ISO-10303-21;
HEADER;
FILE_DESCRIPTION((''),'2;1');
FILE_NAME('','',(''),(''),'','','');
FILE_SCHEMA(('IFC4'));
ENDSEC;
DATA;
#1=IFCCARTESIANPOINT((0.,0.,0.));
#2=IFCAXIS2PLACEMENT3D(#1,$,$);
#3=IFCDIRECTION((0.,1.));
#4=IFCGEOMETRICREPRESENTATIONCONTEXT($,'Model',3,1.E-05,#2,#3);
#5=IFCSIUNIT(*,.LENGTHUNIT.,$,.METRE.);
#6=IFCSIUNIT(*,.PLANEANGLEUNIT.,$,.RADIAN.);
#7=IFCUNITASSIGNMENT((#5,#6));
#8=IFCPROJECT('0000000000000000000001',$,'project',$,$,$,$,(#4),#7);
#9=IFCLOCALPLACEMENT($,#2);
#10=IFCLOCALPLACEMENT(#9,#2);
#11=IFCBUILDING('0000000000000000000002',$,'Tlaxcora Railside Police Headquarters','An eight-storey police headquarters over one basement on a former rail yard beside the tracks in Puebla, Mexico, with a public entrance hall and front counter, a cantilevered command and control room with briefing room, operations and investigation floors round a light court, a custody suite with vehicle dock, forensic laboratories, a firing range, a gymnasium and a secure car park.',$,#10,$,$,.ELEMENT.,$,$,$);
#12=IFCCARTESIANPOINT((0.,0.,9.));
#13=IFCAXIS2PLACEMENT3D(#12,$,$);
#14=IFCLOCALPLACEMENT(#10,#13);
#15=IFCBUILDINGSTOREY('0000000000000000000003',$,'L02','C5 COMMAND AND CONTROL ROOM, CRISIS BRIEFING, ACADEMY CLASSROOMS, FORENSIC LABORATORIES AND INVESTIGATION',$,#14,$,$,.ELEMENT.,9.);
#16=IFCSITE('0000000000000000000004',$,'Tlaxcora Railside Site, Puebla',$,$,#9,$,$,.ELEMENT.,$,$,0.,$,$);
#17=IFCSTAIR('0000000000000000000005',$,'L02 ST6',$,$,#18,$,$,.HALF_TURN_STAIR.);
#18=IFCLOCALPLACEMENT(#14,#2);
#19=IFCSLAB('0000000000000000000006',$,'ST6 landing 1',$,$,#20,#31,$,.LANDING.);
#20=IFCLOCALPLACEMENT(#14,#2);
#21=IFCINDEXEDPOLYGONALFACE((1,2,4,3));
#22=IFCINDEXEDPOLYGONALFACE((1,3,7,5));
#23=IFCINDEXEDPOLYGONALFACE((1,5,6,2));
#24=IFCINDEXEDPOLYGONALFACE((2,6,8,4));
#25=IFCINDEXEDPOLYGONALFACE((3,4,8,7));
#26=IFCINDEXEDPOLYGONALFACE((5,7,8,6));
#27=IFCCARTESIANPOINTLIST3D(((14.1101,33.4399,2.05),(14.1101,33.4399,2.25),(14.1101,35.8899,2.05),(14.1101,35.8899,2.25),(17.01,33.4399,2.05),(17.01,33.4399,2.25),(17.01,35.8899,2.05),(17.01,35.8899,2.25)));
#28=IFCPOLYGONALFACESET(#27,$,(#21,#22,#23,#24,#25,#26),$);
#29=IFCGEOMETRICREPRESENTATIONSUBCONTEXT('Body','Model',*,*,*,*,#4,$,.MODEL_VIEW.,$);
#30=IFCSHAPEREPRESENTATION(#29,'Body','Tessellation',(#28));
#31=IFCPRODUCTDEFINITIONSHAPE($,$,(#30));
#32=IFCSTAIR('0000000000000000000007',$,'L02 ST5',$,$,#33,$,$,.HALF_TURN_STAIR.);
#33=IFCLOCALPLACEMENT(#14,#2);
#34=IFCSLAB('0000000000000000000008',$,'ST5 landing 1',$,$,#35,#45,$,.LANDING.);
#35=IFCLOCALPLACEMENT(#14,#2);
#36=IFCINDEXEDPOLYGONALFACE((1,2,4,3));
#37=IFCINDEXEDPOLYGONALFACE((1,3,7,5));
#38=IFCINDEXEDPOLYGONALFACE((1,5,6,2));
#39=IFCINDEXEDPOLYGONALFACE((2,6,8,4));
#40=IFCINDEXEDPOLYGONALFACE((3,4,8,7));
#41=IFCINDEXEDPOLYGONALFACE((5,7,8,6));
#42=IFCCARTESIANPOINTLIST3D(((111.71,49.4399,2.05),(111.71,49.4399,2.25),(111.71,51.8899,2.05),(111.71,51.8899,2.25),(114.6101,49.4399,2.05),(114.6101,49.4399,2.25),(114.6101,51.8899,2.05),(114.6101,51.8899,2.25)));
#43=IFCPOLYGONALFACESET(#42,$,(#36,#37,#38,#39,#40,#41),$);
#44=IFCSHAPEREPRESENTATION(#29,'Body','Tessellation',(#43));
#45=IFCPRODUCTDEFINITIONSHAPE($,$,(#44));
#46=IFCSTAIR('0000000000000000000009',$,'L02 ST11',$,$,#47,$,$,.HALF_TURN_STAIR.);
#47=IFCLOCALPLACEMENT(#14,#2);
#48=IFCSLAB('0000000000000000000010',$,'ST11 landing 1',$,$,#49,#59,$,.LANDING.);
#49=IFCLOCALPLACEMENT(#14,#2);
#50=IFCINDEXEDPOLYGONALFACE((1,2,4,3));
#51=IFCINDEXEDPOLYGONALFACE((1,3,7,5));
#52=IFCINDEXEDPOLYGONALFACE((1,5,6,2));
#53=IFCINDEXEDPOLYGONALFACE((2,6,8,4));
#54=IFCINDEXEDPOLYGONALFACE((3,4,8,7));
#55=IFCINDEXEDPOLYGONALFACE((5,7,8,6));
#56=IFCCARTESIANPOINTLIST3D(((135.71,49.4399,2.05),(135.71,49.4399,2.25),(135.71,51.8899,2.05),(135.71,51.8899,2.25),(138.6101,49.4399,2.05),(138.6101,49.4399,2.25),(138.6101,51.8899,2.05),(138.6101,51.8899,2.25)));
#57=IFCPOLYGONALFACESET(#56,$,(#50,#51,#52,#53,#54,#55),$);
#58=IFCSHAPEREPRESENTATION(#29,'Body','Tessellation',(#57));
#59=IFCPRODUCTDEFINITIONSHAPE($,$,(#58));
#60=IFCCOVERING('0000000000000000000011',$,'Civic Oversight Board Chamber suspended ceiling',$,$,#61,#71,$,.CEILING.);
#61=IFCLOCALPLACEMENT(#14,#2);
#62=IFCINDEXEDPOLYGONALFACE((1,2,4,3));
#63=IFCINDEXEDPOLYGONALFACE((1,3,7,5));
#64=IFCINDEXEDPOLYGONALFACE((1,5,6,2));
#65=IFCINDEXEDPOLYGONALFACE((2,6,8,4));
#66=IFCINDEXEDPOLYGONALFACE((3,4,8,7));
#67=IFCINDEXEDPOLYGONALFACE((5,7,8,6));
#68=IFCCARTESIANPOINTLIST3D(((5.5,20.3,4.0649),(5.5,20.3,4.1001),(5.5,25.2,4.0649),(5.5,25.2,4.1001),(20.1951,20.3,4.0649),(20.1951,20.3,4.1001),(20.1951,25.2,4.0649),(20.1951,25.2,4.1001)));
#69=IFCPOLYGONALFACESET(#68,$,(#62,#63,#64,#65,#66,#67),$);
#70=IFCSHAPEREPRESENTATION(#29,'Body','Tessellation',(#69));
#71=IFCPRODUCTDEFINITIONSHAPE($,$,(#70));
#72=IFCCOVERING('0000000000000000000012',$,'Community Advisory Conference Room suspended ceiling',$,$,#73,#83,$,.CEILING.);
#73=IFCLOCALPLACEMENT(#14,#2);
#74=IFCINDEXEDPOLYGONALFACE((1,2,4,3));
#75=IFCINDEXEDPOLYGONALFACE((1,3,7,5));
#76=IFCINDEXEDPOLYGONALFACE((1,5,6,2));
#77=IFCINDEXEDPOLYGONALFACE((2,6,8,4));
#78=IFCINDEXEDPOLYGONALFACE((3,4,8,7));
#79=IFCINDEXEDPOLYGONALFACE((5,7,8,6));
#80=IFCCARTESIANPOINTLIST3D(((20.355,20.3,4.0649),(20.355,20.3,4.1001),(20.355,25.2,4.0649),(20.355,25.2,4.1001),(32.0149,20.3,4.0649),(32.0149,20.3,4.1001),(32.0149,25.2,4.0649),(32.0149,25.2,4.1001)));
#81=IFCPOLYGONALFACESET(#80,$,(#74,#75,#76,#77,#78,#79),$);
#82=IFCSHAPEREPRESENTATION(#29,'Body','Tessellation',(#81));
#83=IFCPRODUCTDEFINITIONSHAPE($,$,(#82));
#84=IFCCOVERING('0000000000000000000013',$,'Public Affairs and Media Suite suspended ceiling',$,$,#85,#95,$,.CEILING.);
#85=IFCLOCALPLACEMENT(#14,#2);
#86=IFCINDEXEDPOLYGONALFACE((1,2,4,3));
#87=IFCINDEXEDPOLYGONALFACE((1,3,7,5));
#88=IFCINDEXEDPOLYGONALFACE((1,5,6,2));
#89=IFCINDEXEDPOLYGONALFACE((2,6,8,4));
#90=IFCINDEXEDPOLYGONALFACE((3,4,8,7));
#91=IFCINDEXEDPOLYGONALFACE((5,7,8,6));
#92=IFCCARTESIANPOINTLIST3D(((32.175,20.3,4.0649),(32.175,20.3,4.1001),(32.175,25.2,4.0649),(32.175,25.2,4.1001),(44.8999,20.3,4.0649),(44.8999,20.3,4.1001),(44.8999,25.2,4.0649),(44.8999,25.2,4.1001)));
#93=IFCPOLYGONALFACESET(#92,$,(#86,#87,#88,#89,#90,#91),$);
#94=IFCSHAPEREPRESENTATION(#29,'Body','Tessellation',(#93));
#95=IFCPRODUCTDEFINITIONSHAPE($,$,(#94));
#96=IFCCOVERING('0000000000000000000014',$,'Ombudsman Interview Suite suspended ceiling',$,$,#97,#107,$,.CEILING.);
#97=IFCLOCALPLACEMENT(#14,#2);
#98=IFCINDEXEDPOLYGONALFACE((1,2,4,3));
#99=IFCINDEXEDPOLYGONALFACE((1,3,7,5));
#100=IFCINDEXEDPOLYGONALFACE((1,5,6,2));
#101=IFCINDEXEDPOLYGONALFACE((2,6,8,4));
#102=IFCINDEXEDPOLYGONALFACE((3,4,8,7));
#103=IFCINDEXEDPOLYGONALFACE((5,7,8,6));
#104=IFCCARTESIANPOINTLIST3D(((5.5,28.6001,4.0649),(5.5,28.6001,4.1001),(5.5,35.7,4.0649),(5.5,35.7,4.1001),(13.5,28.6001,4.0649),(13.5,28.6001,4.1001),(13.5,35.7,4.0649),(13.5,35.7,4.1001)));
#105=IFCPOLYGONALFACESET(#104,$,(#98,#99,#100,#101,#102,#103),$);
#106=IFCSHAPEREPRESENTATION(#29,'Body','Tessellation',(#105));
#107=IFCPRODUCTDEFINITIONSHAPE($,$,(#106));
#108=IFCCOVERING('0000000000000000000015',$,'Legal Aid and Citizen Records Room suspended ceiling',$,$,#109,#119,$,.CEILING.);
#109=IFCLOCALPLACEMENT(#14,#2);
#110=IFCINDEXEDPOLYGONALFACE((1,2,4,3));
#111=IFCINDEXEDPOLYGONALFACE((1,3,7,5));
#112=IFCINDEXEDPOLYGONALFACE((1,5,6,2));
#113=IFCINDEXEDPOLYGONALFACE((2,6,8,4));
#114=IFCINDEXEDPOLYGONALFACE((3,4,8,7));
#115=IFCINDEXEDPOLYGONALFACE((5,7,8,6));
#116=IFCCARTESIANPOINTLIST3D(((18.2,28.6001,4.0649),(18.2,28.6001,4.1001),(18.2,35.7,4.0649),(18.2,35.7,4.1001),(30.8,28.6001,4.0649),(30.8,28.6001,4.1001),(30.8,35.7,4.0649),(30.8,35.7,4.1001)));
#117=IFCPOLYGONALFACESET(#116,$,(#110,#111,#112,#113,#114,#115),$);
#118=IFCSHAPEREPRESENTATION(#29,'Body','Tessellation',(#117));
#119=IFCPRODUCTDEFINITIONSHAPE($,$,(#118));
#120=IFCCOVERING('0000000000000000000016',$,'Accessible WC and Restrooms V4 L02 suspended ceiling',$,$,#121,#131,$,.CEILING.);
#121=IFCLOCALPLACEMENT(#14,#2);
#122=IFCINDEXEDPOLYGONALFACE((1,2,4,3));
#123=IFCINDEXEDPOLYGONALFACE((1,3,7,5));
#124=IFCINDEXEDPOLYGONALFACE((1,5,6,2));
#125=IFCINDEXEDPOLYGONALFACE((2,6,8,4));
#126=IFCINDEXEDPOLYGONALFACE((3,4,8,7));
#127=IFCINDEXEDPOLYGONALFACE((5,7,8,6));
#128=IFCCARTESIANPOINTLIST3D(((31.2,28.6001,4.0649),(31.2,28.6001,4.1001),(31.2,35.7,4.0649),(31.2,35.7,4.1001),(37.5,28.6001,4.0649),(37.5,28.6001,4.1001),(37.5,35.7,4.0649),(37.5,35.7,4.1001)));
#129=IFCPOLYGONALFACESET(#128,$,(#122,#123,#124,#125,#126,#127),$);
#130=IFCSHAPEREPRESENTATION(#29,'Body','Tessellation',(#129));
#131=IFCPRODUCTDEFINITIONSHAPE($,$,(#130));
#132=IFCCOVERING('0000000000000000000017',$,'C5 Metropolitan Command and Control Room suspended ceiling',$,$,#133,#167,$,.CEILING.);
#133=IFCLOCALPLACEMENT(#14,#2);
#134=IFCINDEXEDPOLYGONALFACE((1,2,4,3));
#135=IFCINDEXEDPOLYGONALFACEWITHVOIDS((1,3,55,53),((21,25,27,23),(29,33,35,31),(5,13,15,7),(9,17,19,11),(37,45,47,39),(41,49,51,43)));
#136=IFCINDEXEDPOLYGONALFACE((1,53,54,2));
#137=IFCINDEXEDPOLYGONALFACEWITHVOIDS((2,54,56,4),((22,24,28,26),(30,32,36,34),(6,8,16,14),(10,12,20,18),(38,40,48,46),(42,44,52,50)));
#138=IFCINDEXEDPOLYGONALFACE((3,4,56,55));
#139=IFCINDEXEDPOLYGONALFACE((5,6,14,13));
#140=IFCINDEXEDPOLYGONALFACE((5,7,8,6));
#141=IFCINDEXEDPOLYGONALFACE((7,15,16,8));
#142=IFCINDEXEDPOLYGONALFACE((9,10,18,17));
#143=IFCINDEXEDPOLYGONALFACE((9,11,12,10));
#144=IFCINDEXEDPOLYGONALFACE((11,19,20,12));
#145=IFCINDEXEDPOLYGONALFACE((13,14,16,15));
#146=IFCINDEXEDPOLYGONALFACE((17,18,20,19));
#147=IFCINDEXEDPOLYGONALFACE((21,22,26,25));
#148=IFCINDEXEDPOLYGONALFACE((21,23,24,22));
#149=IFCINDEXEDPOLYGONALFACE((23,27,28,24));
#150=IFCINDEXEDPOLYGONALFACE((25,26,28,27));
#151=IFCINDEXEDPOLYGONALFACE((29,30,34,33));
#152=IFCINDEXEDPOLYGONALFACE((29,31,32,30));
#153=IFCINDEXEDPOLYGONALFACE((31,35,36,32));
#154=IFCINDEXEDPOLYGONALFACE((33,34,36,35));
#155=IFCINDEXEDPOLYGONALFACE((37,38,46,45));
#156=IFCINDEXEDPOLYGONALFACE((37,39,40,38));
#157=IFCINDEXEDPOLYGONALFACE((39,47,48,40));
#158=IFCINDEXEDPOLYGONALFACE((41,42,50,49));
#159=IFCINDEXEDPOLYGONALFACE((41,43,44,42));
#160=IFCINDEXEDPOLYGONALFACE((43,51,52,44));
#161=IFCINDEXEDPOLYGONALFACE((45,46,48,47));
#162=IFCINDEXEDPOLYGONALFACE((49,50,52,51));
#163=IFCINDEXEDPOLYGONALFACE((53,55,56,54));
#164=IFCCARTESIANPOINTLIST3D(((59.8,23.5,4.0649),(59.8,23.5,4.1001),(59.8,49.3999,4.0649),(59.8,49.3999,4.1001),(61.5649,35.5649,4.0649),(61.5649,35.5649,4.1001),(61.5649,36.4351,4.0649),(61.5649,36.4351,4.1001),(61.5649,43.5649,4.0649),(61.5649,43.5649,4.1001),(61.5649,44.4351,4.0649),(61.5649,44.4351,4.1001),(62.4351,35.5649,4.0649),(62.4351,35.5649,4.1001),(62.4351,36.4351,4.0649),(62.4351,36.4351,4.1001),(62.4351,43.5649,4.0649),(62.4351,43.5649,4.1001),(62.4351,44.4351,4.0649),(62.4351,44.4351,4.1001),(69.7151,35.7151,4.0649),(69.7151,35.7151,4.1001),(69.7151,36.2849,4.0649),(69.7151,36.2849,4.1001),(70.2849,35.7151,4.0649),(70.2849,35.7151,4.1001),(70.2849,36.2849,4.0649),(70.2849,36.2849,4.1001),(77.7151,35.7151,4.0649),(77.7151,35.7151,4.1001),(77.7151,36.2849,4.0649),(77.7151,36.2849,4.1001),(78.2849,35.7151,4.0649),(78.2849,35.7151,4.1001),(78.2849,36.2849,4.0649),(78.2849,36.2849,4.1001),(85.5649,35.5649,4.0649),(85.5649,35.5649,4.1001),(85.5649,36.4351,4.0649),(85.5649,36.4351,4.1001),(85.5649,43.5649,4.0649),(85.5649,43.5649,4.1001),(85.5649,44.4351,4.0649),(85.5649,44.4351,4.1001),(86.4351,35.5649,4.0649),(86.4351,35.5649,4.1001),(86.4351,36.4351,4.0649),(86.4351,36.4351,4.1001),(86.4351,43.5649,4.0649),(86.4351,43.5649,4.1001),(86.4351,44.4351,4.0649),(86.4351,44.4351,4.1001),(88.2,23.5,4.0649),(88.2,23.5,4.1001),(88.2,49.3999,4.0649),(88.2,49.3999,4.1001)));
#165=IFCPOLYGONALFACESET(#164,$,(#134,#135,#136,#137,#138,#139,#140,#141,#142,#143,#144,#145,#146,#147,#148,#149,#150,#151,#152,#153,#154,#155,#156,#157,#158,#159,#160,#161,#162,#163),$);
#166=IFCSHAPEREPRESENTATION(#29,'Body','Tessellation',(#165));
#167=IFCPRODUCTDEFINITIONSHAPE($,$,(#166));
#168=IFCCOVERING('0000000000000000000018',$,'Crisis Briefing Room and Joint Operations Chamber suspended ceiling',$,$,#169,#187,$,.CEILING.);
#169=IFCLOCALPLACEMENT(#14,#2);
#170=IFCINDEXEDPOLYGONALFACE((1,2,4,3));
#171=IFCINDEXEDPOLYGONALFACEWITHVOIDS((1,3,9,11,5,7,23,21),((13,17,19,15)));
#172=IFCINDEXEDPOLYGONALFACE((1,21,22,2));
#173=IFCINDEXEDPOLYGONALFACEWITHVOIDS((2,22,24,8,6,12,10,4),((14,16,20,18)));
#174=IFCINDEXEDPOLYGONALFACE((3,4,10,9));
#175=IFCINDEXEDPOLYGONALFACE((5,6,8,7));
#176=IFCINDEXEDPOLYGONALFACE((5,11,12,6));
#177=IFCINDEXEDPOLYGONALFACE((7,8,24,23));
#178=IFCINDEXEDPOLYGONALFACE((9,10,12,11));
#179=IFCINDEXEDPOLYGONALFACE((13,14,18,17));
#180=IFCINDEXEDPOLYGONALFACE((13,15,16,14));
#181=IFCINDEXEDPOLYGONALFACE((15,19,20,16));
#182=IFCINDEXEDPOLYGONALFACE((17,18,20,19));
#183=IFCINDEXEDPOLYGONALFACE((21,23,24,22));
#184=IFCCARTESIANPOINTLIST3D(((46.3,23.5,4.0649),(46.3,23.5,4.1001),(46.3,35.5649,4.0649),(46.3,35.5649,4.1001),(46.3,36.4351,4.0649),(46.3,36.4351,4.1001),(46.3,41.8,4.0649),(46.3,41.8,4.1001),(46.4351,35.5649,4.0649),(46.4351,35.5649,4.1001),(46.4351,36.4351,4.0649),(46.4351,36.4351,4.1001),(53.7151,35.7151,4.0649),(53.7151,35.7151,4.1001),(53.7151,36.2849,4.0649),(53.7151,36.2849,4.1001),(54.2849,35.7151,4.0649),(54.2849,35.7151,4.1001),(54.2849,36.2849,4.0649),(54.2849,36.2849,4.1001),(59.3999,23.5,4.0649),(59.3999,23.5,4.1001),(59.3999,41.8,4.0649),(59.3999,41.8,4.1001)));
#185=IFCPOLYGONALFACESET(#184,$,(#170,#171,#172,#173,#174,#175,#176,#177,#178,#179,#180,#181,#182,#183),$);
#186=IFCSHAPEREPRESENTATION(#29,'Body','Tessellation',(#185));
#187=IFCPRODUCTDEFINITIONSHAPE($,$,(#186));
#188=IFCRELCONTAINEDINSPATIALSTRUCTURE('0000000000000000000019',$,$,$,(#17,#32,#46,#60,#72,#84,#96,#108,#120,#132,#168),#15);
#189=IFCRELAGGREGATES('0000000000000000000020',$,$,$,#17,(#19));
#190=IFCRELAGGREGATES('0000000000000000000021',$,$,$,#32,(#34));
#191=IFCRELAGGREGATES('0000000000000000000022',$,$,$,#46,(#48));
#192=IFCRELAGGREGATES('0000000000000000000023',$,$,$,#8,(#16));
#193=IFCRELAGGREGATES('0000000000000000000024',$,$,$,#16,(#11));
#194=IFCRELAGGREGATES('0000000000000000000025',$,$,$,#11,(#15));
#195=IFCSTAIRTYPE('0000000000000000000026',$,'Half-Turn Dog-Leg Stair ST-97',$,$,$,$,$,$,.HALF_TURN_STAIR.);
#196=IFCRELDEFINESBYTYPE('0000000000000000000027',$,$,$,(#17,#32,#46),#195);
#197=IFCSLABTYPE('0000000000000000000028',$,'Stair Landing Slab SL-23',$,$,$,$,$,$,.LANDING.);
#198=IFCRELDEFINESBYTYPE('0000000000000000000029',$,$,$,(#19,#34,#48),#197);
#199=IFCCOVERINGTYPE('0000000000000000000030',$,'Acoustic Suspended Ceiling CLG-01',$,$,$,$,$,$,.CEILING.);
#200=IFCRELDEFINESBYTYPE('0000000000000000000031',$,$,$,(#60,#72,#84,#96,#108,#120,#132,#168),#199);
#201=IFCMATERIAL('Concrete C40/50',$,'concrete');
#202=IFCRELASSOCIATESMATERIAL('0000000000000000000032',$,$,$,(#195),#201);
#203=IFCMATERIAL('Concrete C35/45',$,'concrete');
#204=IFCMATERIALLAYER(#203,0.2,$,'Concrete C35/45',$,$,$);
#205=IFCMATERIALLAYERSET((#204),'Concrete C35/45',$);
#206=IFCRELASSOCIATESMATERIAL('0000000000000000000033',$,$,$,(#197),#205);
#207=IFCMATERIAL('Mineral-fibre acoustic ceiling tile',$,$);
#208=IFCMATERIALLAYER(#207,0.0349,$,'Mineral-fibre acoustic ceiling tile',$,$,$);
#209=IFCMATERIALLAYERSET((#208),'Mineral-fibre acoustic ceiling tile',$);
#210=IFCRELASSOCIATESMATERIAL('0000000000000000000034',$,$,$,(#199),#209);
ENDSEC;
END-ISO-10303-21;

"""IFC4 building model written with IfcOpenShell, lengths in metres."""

from ifc_helpers import new_model, si_unit, direction, frame, origin, place, context, subcontext, project, spatial, polyline, outline, extrude, material, layer, layer_set, type_object, element, aggregate, save


model = new_model("IFC4")

# Units and contexts
model_context = context("Model", 3, precision=1e-05, world=origin(), true_north=direction((0.0, 1.0)))
body_context = subcontext(model_context, "Body", "Model", "MODEL_VIEW")
ifc_project = project(units=[si_unit("LENGTHUNIT", "METRE"), si_unit("PLANEANGLEUNIT", "RADIAN")], contexts=[model_context])

# Site, building, storey
site_placement = place(None, origin())
site = spatial("IfcSite", under=ifc_project, at=site_placement, Name="Tlaxcora Railside Site, Puebla", CompositionType="ELEMENT", RefElevation=0.0)
building_placement = place(site_placement, origin())
building = spatial("IfcBuilding", under=site, at=building_placement, Name="Tlaxcora Railside Police Headquarters", Description="An eight-storey police headquarters over one basement on a former rail yard beside the tracks in Puebla, Mexico, with a public entrance hall and front counter, a cantilevered command and control room with briefing room, operations and investigation floors round a light court, a custody suite with vehicle dock, forensic laboratories, a firing range, a gymnasium and a secure car park.", CompositionType="ELEMENT")
storey_placement = place(building_placement, frame((0.0, 0.0, 9.0)))
storey = spatial("IfcBuildingStorey", under=building, at=storey_placement, Name="L02", Description="C5 COMMAND AND CONTROL ROOM, CRISIS BRIEFING, ACADEMY CLASSROOMS, FORENSIC LABORATORIES AND INVESTIGATION", CompositionType="ELEMENT", Elevation=9.0)

# Stairs, slabs
ifc_material_1 = material(Name="Concrete C40/50", Category="concrete")
stair_type = type_object("IfcStairType", Name="Half-Turn Dog-Leg Stair ST-97", PredefinedType="HALF_TURN_STAIR", material=ifc_material_1)
stair_1_placement = place(storey_placement, origin())
stair_1 = element("IfcStair", 1, at=stair_1_placement, inside=storey, type_object=stair_type, Name="L02 ST6", PredefinedType="HALF_TURN_STAIR")
ifc_material_2 = material(Name="Concrete C35/45", Category="concrete")
ifc_layer_1 = layer(ifc_material_2, 0.2, Name="Concrete C35/45")
ifc_layer_set_1 = layer_set([ifc_layer_1], Name="Concrete C35/45")
slab_type = type_object("IfcSlabType", Name="Stair Landing Slab SL-23", PredefinedType="LANDING", material=ifc_layer_set_1)
slab_1_placement = place(storey_placement, frame((0.0, 0.0, 2.05)))
slab_1 = element("IfcSlab", 2, at=slab_1_placement, type_object=slab_type, Name="ST6 landing 1", PredefinedType="LANDING", context=body_context, shape_type="SweptSolid", body=[
    extrude(outline(polyline([(17.01, 33.4399), (17.01, 35.8899), (14.1101, 35.8899), (14.1101, 33.4399), (17.01, 33.4399)])), origin(), (0.0, 0.0, 1.0), 0.2),
])
aggregate(stair_1, [slab_1])
stair_2_placement = place(storey_placement, origin())
stair_2 = element("IfcStair", 3, at=stair_2_placement, inside=storey, type_object=stair_type, Name="L02 ST5", PredefinedType="HALF_TURN_STAIR")
slab_2_placement = place(storey_placement, frame((0.0, 0.0, 2.05)))
slab_2 = element("IfcSlab", 4, at=slab_2_placement, type_object=slab_type, Name="ST5 landing 1", PredefinedType="LANDING", context=body_context, shape_type="SweptSolid", body=[
    extrude(outline(polyline([(114.6101, 49.4399), (114.6101, 51.8899), (111.71, 51.8899), (111.71, 49.4399), (114.6101, 49.4399)])), origin(), (0.0, 0.0, 1.0), 0.2),
])
aggregate(stair_2, [slab_2])
stair_3_placement = place(storey_placement, origin())
stair_3 = element("IfcStair", 5, at=stair_3_placement, inside=storey, type_object=stair_type, Name="L02 ST11", PredefinedType="HALF_TURN_STAIR")
slab_3_placement = place(storey_placement, frame((0.0, 0.0, 2.05)))
slab_3 = element("IfcSlab", 6, at=slab_3_placement, type_object=slab_type, Name="ST11 landing 1", PredefinedType="LANDING", context=body_context, shape_type="SweptSolid", body=[
    extrude(outline(polyline([(138.6101, 49.4399), (138.6101, 51.8899), (135.71, 51.8899), (135.71, 49.4399), (138.6101, 49.4399)])), origin(), (0.0, 0.0, 1.0), 0.2),
])
aggregate(stair_3, [slab_3])

# Coverings
ifc_material_3 = material(Name="Mineral-fibre acoustic ceiling tile")
ifc_layer_2 = layer(ifc_material_3, 0.0349, Name="Mineral-fibre acoustic ceiling tile")
ifc_layer_set_2 = layer_set([ifc_layer_2], Name="Mineral-fibre acoustic ceiling tile")
covering_type_1 = type_object("IfcCoveringType", Name="Acoustic Suspended Ceiling CLG-01", PredefinedType="CEILING", material=ifc_layer_set_2)
covering_1_placement = place(storey_placement, frame((0.0, 0.0, 4.0649)))
element("IfcCovering", 7, at=covering_1_placement, inside=storey, type_object=covering_type_1, Name="Civic Oversight Board Chamber suspended ceiling", PredefinedType="CEILING", context=body_context, shape_type="SweptSolid", body=[
    extrude(outline(polyline([(5.5, 25.2), (5.5, 20.3), (20.1951, 20.3), (20.1951, 25.2), (5.5, 25.2)])), origin(), (0.0, 0.0, 1.0), 0.0352),
])
covering_2_placement = place(storey_placement, frame((0.0, 0.0, 4.0649)))
element("IfcCovering", 8, at=covering_2_placement, inside=storey, type_object=covering_type_1, Name="Community Advisory Conference Room suspended ceiling", PredefinedType="CEILING", context=body_context, shape_type="SweptSolid", body=[
    extrude(outline(polyline([(20.355, 25.2), (20.355, 20.3), (32.0149, 20.3), (32.0149, 25.2), (20.355, 25.2)])), origin(), (0.0, 0.0, 1.0), 0.0352),
])
covering_3_placement = place(storey_placement, frame((0.0, 0.0, 4.0649)))
element("IfcCovering", 9, at=covering_3_placement, inside=storey, type_object=covering_type_1, Name="Public Affairs and Media Suite suspended ceiling", PredefinedType="CEILING", context=body_context, shape_type="SweptSolid", body=[
    extrude(outline(polyline([(32.175, 25.2), (32.175, 20.3), (44.8999, 20.3), (44.8999, 25.2), (32.175, 25.2)])), origin(), (0.0, 0.0, 1.0), 0.0352),
])
covering_4_placement = place(storey_placement, frame((0.0, 0.0, 4.0649)))
element("IfcCovering", 10, at=covering_4_placement, inside=storey, type_object=covering_type_1, Name="Ombudsman Interview Suite suspended ceiling", PredefinedType="CEILING", context=body_context, shape_type="SweptSolid", body=[
    extrude(outline(polyline([(5.5, 35.7), (5.5, 28.6001), (13.5, 28.6001), (13.5, 35.7), (5.5, 35.7)])), origin(), (0.0, 0.0, 1.0), 0.0352),
])
covering_5_placement = place(storey_placement, frame((0.0, 0.0, 4.0649)))
element("IfcCovering", 11, at=covering_5_placement, inside=storey, type_object=covering_type_1, Name="Legal Aid and Citizen Records Room suspended ceiling", PredefinedType="CEILING", context=body_context, shape_type="SweptSolid", body=[
    extrude(outline(polyline([(18.2, 35.7), (18.2, 28.6001), (30.8, 28.6001), (30.8, 35.7), (18.2, 35.7)])), origin(), (0.0, 0.0, 1.0), 0.0352),
])
covering_6_placement = place(storey_placement, frame((0.0, 0.0, 4.0649)))
element("IfcCovering", 12, at=covering_6_placement, inside=storey, type_object=covering_type_1, Name="Accessible WC and Restrooms V4 L02 suspended ceiling", PredefinedType="CEILING", context=body_context, shape_type="SweptSolid", body=[
    extrude(outline(polyline([(31.2, 35.7), (31.2, 28.6001), (37.5, 28.6001), (37.5, 35.7), (31.2, 35.7)])), origin(), (0.0, 0.0, 1.0), 0.0352),
])
covering_7_placement = place(storey_placement, frame((0.0, 0.0, 4.0649)))
element("IfcCovering", 13, at=covering_7_placement, inside=storey, type_object=covering_type_1, Name="C5 Metropolitan Command and Control Room suspended ceiling", PredefinedType="CEILING", context=body_context, shape_type="SweptSolid", body=[
    extrude(outline(polyline([(88.2, 23.5), (88.2, 49.3999), (59.8, 49.3999), (59.8, 23.5), (88.2, 23.5)]), holes=[polyline([(62.4351, 36.4351), (62.4351, 35.5649), (61.5649, 35.5649), (61.5649, 36.4351), (62.4351, 36.4351)]), polyline([(62.4351, 43.5649), (61.5649, 43.5649), (61.5649, 44.4351), (62.4351, 44.4351), (62.4351, 43.5649)]), polyline([(69.7151, 35.7151), (69.7151, 36.2849), (70.2849, 36.2849), (70.2849, 35.7151), (69.7151, 35.7151)]), polyline([(77.7151, 36.2849), (78.2849, 36.2849), (78.2849, 35.7151), (77.7151, 35.7151), (77.7151, 36.2849)]), polyline([(86.4351, 36.4351), (86.4351, 35.5649), (85.5649, 35.5649), (85.5649, 36.4351), (86.4351, 36.4351)]), polyline([(86.4351, 43.5649), (85.5649, 43.5649), (85.5649, 44.4351), (86.4351, 44.4351), (86.4351, 43.5649)])]), origin(), (0.0, 0.0, 1.0), 0.0352),
])
covering_8_placement = place(storey_placement, frame((0.0, 0.0, 4.0649)))
element("IfcCovering", 14, at=covering_8_placement, inside=storey, type_object=covering_type_1, Name="Crisis Briefing Room and Joint Operations Chamber suspended ceiling", PredefinedType="CEILING", context=body_context, shape_type="SweptSolid", body=[
    extrude(outline(polyline([(59.3999, 23.5), (59.3999, 41.8), (46.3, 41.8), (46.3, 36.4351), (46.4351, 36.4351), (46.4351, 35.5649), (46.3, 35.5649), (46.3, 23.5), (59.3999, 23.5)]), holes=[polyline([(54.2849, 35.7151), (53.7151, 35.7151), (53.7151, 36.2849), (54.2849, 36.2849), (54.2849, 35.7151)])]), origin(), (0.0, 0.0, 1.0), 0.0352),
])

save(model, "model.ifc")
